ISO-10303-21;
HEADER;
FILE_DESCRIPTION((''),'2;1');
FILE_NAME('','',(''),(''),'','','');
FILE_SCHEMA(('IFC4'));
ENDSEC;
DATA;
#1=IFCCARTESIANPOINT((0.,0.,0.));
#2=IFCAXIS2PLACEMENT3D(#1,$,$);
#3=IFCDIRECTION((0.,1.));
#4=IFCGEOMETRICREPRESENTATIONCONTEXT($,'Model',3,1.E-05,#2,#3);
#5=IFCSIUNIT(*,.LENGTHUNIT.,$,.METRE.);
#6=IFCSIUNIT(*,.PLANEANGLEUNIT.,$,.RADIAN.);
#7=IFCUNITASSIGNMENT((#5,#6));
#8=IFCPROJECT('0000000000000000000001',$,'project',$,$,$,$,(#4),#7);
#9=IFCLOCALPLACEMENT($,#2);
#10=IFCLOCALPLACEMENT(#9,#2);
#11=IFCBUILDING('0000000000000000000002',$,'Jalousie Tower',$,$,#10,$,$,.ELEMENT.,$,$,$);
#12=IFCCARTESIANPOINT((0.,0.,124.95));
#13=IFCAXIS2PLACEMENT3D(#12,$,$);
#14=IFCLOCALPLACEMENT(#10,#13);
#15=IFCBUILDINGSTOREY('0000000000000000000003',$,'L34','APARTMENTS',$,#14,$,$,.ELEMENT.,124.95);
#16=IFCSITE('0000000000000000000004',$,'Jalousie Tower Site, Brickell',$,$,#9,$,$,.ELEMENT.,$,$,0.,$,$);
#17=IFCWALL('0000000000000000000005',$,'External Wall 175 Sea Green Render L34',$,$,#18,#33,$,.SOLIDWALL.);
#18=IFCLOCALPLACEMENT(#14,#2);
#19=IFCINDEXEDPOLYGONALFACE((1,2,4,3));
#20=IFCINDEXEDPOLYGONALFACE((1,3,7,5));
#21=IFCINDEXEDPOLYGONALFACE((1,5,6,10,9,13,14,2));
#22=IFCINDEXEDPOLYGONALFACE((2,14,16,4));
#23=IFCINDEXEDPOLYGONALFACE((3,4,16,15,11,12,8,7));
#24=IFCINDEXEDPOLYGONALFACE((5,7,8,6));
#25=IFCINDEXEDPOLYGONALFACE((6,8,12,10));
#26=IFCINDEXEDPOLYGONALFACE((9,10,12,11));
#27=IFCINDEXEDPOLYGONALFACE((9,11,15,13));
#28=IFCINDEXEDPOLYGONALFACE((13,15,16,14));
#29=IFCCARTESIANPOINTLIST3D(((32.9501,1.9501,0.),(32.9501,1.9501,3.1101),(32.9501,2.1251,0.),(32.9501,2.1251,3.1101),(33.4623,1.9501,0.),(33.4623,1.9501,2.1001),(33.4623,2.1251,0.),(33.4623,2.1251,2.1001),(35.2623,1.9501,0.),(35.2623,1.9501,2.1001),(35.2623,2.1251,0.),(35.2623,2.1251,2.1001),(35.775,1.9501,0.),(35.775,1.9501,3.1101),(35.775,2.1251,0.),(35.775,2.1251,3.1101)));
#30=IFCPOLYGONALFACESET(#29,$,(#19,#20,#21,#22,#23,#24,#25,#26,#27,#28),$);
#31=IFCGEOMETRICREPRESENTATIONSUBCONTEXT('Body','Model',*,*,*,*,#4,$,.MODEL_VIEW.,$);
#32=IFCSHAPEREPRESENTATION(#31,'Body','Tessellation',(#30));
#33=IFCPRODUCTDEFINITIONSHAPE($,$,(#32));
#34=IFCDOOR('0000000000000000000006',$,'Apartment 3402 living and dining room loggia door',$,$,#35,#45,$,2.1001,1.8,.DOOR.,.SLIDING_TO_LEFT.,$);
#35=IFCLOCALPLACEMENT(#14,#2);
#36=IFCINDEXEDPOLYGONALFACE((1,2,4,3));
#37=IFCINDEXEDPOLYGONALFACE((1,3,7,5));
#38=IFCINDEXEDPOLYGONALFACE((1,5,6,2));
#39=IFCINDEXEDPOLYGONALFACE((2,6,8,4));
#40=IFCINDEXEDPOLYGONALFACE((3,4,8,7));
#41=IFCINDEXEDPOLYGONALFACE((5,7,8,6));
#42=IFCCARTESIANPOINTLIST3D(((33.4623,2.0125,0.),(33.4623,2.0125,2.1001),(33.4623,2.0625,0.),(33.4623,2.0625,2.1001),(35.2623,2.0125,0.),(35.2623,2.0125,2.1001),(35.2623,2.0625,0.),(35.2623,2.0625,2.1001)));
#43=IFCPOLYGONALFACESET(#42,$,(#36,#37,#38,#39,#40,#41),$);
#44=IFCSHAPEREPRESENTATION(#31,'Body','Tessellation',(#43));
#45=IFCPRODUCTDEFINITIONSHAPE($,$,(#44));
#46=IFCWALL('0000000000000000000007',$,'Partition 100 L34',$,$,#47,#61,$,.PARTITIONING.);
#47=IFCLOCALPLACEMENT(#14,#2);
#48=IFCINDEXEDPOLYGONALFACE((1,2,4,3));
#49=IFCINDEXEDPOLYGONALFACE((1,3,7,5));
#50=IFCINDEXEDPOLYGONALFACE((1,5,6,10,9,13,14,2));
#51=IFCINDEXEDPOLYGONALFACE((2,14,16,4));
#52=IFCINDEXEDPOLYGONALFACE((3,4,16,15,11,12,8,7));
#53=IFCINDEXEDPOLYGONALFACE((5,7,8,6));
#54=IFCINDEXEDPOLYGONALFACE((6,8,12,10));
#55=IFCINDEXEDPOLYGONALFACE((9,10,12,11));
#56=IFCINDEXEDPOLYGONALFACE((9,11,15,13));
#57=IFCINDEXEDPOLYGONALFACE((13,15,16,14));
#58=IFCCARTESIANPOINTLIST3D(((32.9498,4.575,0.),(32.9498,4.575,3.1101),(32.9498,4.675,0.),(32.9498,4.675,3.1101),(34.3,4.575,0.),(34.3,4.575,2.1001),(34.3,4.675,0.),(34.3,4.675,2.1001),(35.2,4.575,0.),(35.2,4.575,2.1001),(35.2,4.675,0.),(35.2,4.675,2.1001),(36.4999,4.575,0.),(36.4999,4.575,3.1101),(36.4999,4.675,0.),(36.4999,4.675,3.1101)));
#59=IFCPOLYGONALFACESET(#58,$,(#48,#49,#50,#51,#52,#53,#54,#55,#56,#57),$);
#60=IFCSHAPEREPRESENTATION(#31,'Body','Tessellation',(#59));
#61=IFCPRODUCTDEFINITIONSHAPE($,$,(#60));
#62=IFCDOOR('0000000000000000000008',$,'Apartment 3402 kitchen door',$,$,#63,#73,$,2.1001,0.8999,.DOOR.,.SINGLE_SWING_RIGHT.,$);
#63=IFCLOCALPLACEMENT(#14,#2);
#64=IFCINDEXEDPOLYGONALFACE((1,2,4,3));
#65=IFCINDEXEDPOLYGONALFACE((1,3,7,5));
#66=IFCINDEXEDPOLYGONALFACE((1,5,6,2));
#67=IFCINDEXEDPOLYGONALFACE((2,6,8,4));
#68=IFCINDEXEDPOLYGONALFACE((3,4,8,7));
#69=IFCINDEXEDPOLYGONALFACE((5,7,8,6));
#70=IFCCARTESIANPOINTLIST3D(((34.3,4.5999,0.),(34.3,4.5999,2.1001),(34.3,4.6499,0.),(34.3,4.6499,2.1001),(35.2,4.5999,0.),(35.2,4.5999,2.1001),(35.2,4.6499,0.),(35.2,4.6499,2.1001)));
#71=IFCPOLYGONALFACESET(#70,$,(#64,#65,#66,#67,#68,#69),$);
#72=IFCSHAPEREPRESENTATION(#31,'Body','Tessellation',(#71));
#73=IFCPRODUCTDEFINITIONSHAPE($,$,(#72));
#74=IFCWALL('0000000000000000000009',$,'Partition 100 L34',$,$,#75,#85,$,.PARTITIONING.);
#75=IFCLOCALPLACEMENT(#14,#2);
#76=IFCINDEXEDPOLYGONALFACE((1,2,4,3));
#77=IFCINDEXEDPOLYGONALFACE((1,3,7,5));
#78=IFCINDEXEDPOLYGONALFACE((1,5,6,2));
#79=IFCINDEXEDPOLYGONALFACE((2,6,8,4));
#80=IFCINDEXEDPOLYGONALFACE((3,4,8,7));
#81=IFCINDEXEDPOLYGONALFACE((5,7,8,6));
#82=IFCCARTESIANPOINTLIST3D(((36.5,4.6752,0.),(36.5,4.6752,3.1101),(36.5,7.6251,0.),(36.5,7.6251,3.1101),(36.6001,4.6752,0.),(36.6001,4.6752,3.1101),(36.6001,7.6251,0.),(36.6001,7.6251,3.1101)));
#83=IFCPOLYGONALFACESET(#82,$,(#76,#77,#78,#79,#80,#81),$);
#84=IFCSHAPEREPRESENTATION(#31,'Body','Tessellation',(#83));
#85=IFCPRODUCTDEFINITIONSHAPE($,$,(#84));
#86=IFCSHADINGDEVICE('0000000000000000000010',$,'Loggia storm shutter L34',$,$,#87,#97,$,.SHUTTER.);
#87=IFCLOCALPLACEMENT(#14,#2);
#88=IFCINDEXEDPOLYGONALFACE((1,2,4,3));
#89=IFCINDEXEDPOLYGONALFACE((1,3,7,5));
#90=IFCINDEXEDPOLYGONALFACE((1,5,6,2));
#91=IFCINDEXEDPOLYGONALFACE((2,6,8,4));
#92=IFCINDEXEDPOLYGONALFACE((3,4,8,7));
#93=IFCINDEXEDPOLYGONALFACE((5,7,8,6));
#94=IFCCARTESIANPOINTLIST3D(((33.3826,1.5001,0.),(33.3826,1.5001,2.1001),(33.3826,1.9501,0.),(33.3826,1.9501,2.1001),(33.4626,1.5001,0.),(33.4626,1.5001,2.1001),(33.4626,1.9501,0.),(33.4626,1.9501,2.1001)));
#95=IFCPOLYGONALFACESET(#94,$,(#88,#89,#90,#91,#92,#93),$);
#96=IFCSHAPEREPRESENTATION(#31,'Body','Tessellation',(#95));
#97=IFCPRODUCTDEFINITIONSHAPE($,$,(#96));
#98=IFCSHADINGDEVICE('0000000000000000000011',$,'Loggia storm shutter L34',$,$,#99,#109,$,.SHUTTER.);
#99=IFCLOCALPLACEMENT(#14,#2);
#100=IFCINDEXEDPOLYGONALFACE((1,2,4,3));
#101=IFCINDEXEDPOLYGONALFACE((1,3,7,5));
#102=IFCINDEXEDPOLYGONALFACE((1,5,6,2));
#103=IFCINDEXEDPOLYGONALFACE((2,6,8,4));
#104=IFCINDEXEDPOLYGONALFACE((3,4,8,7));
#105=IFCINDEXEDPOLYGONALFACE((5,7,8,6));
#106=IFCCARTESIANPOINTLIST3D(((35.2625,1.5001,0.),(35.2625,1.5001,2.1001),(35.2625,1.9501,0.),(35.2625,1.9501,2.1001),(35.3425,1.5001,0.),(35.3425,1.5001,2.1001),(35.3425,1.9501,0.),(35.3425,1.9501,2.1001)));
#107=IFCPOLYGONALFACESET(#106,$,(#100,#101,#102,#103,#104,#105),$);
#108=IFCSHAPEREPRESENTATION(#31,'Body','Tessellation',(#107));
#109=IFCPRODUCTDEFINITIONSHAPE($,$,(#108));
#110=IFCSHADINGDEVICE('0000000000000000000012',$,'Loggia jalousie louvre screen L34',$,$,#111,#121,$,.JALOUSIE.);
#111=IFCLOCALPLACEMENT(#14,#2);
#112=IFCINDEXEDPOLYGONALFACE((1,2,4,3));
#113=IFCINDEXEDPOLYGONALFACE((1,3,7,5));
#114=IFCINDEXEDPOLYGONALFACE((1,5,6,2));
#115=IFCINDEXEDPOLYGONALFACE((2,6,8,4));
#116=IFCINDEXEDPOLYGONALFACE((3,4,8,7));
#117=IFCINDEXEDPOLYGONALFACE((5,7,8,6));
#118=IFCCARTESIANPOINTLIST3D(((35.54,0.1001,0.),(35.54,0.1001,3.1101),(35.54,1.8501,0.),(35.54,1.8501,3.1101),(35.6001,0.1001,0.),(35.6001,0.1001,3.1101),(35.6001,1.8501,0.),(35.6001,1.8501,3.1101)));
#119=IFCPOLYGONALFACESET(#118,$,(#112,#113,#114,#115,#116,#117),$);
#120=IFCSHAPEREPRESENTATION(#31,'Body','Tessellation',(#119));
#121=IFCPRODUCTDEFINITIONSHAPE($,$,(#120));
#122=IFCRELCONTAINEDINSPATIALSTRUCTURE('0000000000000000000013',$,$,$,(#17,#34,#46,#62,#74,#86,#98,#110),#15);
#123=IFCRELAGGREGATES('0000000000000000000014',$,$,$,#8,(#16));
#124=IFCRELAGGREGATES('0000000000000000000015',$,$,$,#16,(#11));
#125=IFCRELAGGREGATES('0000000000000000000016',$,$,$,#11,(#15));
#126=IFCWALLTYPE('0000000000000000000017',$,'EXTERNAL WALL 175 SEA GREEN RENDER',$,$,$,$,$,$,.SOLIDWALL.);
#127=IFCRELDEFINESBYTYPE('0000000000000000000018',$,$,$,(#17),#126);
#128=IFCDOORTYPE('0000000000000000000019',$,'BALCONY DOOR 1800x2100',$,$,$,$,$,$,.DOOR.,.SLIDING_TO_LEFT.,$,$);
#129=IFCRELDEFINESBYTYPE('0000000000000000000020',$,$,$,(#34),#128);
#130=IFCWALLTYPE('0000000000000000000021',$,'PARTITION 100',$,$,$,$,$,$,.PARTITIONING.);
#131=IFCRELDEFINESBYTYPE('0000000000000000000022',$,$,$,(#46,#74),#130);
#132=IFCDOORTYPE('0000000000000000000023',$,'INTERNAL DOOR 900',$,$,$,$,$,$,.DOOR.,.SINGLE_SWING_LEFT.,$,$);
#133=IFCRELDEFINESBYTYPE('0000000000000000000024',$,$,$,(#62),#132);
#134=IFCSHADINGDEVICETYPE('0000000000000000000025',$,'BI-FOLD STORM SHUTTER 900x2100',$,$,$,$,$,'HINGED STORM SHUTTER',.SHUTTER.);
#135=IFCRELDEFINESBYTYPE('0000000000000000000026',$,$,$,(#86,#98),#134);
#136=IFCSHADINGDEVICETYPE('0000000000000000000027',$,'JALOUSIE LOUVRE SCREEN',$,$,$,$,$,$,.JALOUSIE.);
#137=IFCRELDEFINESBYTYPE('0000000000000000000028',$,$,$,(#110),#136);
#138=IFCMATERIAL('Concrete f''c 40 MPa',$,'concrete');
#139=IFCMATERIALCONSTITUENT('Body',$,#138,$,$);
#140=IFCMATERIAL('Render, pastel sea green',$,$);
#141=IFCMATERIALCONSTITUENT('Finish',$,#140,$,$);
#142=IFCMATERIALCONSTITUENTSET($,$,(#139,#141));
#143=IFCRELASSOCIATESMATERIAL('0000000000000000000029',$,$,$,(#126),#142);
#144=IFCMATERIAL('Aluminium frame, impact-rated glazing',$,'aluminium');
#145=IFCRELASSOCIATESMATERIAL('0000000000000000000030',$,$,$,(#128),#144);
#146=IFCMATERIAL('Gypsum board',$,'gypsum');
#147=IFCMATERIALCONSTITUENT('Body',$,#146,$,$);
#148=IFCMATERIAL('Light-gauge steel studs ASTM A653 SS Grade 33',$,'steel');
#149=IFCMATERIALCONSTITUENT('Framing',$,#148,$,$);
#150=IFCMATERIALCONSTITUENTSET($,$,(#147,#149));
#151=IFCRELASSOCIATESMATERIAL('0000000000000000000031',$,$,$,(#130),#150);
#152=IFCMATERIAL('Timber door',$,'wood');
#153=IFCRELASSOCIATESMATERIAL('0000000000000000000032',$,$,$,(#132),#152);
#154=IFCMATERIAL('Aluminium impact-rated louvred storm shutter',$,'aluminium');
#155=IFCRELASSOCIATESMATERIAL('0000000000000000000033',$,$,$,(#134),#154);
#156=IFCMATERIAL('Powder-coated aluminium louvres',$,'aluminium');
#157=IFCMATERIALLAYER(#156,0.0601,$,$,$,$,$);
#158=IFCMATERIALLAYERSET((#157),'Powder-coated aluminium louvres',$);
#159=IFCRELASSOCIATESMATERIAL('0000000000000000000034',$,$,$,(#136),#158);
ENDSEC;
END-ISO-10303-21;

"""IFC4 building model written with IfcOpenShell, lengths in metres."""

from ifc_helpers import new_model, si_unit, direction, frame, frame_2d, origin, origin_2d, place, context, subcontext, project, spatial, rectangle, extrude, material, layer, layer_set, constituent, constituent_set, type_object, element, fill, save


model = new_model("IFC4")

# Units and contexts
model_context = context("Model", 3, precision=1e-05, world=origin(), true_north=direction((0.0, 1.0)))
body_context = subcontext(model_context, "Body", "Model", "MODEL_VIEW")
ifc_project = project(units=[si_unit("LENGTHUNIT", "METRE"), si_unit("PLANEANGLEUNIT", "RADIAN")], contexts=[model_context])

# Site, building, storey
site_placement = place(None, origin())
site = spatial("IfcSite", under=ifc_project, at=site_placement, Name="Jalousie Tower Site, Brickell", CompositionType="ELEMENT", RefElevation=0.0)
building_placement = place(site_placement, origin())
building = spatial("IfcBuilding", under=site, at=building_placement, Name="Jalousie Tower", CompositionType="ELEMENT")
storey_placement = place(building_placement, frame((0.0, 0.0, 124.95)))
storey = spatial("IfcBuildingStorey", under=building, at=storey_placement, Name="L34", Description="APARTMENTS", CompositionType="ELEMENT", Elevation=124.95)

# Walls, openings, doors
ifc_material_1 = material(Name="Concrete f'c 40 MPa", Category="concrete")
ifc_constituent_1 = constituent(ifc_material_1, Name="Body")
ifc_material_2 = material(Name="Render, pastel sea green")
ifc_constituent_2 = constituent(ifc_material_2, Name="Finish")
ifc_constituent_set_1 = constituent_set(constituents=[ifc_constituent_1, ifc_constituent_2])
wall_type_1 = type_object("IfcWallType", Name="EXTERNAL WALL 175 SEA GREEN RENDER", PredefinedType="SOLIDWALL", material=ifc_constituent_set_1)
wall_1_placement = place(storey_placement, frame((32.95, 2.0376, 0.0), z_axis=(0.0, 0.0, 1.0), x_axis=(1.0, 0.0, 0.0)))
wall_1 = element("IfcWall", 1, at=wall_1_placement, inside=storey, type_object=wall_type_1, Name="External Wall 175 Sea Green Render L34", PredefinedType="SOLIDWALL", context=body_context, shape_type="SweptSolid", body=[
    extrude(rectangle(XDim=2.825, YDim=0.175, at=frame_2d((1.4126, 0.0))), origin(), (0.0, 0.0, 1.0), 3.1101),
])
opening_1_placement = place(wall_1_placement, frame((0.5125, 0.0, 0.0)))
opening_1 = element("IfcOpeningElement", 2, at=opening_1_placement, cuts=wall_1, PredefinedType="OPENING", context=body_context, shape_type="SweptSolid", body=[
    extrude(rectangle(XDim=1.8, YDim=2.1001, at=frame_2d((0.8999, 1.05))), frame((0.0, 0.0974, 0.0), z_axis=(0.0, -1.0, 0.0), x_axis=(1.0, 0.0, 0.0)), (0.0, 0.0, 1.0), 0.1951),
])
ifc_material_3 = material(Name="Aluminium frame, impact-rated glazing", Category="aluminium")
door_type_1 = type_object("IfcDoorType", Name="BALCONY DOOR 1800x2100", OperationType="SLIDING_TO_LEFT", PredefinedType="DOOR", material=ifc_material_3)
door_1_placement = place(opening_1_placement, origin())
door_1 = element("IfcDoor", 3, at=door_1_placement, inside=storey, type_object=door_type_1, Name="Apartment 3402 living and dining room loggia door", OperationType="SLIDING_TO_LEFT", OverallHeight=2.1001, OverallWidth=1.8, PredefinedType="DOOR", context=body_context, shape_type="SweptSolid", body=[
    extrude(rectangle(XDim=1.8, YDim=2.1001, at=frame_2d((0.8999, 1.05))), frame((0.0, 0.0249, 0.0), z_axis=(0.0, -1.0, 0.0), x_axis=(1.0, 0.0, 0.0)), (0.0, 0.0, 1.0), 0.05),
])
fill(opening_1, door_1)
ifc_material_4 = material(Name="Gypsum board", Category="gypsum")
ifc_constituent_3 = constituent(ifc_material_4, Name="Body")
ifc_material_5 = material(Name="Light-gauge steel studs ASTM A653 SS Grade 33", Category="steel")
ifc_constituent_4 = constituent(ifc_material_5, Name="Framing")
ifc_constituent_set_2 = constituent_set(constituents=[ifc_constituent_3, ifc_constituent_4])
wall_type_2 = type_object("IfcWallType", Name="PARTITION 100", PredefinedType="PARTITIONING", material=ifc_constituent_set_2)
wall_2_placement = place(storey_placement, frame((32.95, 4.625, 0.0), z_axis=(0.0, 0.0, 1.0), x_axis=(1.0, 0.0, 0.0)))
wall_2 = element("IfcWall", 4, at=wall_2_placement, inside=storey, type_object=wall_type_2, Name="Partition 100 L34", PredefinedType="PARTITIONING", context=body_context, shape_type="SweptSolid", body=[
    extrude(rectangle(XDim=3.55, YDim=0.1001, at=frame_2d((1.7749, 0.0))), origin(), (0.0, 0.0, 1.0), 3.1101),
])
opening_2_placement = place(wall_2_placement, frame((1.3501, 0.0, 0.0)))
opening_2 = element("IfcOpeningElement", 5, at=opening_2_placement, cuts=wall_2, PredefinedType="OPENING", context=body_context, shape_type="SweptSolid", body=[
    extrude(rectangle(XDim=0.8999, YDim=2.1001, at=frame_2d((0.45, 1.05))), frame((0.0, 0.0601, 0.0), z_axis=(0.0, -1.0, 0.0), x_axis=(1.0, 0.0, 0.0)), (0.0, 0.0, 1.0), 0.1201),
])
ifc_material_6 = material(Name="Timber door", Category="wood")
door_type_2 = type_object("IfcDoorType", Name="INTERNAL DOOR 900", OperationType="SINGLE_SWING_LEFT", PredefinedType="DOOR", material=ifc_material_6)
door_2_placement = place(opening_2_placement, origin())
door_2 = element("IfcDoor", 6, at=door_2_placement, inside=storey, type_object=door_type_2, Name="Apartment 3402 kitchen door", OperationType="SINGLE_SWING_RIGHT", OverallHeight=2.1001, OverallWidth=0.8999, PredefinedType="DOOR", context=body_context, shape_type="SweptSolid", body=[
    extrude(rectangle(XDim=0.8999, YDim=2.1001, at=frame_2d((0.45, 1.05))), frame((0.0, 0.0249, 0.0), z_axis=(0.0, -1.0, 0.0), x_axis=(1.0, 0.0, 0.0)), (0.0, 0.0, 1.0), 0.05),
])
fill(opening_2, door_2)

# Wall
wall_3_placement = place(storey_placement, frame((36.55, 4.675, 0.0), z_axis=(0.0, 0.0, 1.0), x_axis=(0.0, 1.0, 0.0)))
element("IfcWall", 7, at=wall_3_placement, inside=storey, type_object=wall_type_2, Name="Partition 100 L34", PredefinedType="PARTITIONING", context=body_context, shape_type="SweptSolid", body=[
    extrude(rectangle(XDim=2.95, YDim=0.1001, at=frame_2d((1.4751, 0.0))), origin(), (0.0, 0.0, 1.0), 3.1101),
])

# Shading devices
ifc_material_7 = material(Name="Aluminium impact-rated louvred storm shutter", Category="aluminium")
shading_device_type_1 = type_object("IfcShadingDeviceType", Name="BI-FOLD STORM SHUTTER 900x2100", ElementType="HINGED STORM SHUTTER", PredefinedType="SHUTTER", material=ifc_material_7)
for number, where, z_axis, x_axis, name in (
    (8, (33.4226, 1.7251, 0.0), (0.0, 0.0, 1.0), (0.0, 1.0, 0.0), "Loggia storm shutter L34"),
    (9, (35.3025, 1.7251, 0.0), (0.0, 0.0, 1.0), (0.0, 1.0, 0.0), "Loggia storm shutter L34"),
):
    element("IfcShadingDevice", number, at=place(storey_placement, frame(where, z_axis=z_axis, x_axis=x_axis)), inside=storey, type_object=shading_device_type_1, Name=name, PredefinedType="SHUTTER", context=body_context, shape_type="SweptSolid", body=[
        extrude(rectangle(XDim=0.45, YDim=0.0801, at=origin_2d()), origin(), (0.0, 0.0, 1.0), 2.1001),
    ])
ifc_material_8 = material(Name="Powder-coated aluminium louvres", Category="aluminium")
ifc_layer_1 = layer(ifc_material_8, 0.0601)
ifc_layer_set_1 = layer_set([ifc_layer_1], Name="Powder-coated aluminium louvres")
shading_device_type_2 = type_object("IfcShadingDeviceType", Name="JALOUSIE LOUVRE SCREEN", PredefinedType="JALOUSIE", material=ifc_layer_set_1)
shading_device_placement = place(storey_placement, frame((35.5701, 0.9751, 0.0), z_axis=(0.0, 0.0, 1.0), x_axis=(1.0, 0.0, 0.0)))
element("IfcShadingDevice", 10, at=shading_device_placement, inside=storey, type_object=shading_device_type_2, Name="Loggia jalousie louvre screen L34", PredefinedType="JALOUSIE", context=body_context, shape_type="SweptSolid", body=[
    extrude(rectangle(XDim=0.0601, YDim=1.75, at=origin_2d()), origin(), (0.0, 0.0, 1.0), 3.1101),
])

save(model, "model.ifc")
